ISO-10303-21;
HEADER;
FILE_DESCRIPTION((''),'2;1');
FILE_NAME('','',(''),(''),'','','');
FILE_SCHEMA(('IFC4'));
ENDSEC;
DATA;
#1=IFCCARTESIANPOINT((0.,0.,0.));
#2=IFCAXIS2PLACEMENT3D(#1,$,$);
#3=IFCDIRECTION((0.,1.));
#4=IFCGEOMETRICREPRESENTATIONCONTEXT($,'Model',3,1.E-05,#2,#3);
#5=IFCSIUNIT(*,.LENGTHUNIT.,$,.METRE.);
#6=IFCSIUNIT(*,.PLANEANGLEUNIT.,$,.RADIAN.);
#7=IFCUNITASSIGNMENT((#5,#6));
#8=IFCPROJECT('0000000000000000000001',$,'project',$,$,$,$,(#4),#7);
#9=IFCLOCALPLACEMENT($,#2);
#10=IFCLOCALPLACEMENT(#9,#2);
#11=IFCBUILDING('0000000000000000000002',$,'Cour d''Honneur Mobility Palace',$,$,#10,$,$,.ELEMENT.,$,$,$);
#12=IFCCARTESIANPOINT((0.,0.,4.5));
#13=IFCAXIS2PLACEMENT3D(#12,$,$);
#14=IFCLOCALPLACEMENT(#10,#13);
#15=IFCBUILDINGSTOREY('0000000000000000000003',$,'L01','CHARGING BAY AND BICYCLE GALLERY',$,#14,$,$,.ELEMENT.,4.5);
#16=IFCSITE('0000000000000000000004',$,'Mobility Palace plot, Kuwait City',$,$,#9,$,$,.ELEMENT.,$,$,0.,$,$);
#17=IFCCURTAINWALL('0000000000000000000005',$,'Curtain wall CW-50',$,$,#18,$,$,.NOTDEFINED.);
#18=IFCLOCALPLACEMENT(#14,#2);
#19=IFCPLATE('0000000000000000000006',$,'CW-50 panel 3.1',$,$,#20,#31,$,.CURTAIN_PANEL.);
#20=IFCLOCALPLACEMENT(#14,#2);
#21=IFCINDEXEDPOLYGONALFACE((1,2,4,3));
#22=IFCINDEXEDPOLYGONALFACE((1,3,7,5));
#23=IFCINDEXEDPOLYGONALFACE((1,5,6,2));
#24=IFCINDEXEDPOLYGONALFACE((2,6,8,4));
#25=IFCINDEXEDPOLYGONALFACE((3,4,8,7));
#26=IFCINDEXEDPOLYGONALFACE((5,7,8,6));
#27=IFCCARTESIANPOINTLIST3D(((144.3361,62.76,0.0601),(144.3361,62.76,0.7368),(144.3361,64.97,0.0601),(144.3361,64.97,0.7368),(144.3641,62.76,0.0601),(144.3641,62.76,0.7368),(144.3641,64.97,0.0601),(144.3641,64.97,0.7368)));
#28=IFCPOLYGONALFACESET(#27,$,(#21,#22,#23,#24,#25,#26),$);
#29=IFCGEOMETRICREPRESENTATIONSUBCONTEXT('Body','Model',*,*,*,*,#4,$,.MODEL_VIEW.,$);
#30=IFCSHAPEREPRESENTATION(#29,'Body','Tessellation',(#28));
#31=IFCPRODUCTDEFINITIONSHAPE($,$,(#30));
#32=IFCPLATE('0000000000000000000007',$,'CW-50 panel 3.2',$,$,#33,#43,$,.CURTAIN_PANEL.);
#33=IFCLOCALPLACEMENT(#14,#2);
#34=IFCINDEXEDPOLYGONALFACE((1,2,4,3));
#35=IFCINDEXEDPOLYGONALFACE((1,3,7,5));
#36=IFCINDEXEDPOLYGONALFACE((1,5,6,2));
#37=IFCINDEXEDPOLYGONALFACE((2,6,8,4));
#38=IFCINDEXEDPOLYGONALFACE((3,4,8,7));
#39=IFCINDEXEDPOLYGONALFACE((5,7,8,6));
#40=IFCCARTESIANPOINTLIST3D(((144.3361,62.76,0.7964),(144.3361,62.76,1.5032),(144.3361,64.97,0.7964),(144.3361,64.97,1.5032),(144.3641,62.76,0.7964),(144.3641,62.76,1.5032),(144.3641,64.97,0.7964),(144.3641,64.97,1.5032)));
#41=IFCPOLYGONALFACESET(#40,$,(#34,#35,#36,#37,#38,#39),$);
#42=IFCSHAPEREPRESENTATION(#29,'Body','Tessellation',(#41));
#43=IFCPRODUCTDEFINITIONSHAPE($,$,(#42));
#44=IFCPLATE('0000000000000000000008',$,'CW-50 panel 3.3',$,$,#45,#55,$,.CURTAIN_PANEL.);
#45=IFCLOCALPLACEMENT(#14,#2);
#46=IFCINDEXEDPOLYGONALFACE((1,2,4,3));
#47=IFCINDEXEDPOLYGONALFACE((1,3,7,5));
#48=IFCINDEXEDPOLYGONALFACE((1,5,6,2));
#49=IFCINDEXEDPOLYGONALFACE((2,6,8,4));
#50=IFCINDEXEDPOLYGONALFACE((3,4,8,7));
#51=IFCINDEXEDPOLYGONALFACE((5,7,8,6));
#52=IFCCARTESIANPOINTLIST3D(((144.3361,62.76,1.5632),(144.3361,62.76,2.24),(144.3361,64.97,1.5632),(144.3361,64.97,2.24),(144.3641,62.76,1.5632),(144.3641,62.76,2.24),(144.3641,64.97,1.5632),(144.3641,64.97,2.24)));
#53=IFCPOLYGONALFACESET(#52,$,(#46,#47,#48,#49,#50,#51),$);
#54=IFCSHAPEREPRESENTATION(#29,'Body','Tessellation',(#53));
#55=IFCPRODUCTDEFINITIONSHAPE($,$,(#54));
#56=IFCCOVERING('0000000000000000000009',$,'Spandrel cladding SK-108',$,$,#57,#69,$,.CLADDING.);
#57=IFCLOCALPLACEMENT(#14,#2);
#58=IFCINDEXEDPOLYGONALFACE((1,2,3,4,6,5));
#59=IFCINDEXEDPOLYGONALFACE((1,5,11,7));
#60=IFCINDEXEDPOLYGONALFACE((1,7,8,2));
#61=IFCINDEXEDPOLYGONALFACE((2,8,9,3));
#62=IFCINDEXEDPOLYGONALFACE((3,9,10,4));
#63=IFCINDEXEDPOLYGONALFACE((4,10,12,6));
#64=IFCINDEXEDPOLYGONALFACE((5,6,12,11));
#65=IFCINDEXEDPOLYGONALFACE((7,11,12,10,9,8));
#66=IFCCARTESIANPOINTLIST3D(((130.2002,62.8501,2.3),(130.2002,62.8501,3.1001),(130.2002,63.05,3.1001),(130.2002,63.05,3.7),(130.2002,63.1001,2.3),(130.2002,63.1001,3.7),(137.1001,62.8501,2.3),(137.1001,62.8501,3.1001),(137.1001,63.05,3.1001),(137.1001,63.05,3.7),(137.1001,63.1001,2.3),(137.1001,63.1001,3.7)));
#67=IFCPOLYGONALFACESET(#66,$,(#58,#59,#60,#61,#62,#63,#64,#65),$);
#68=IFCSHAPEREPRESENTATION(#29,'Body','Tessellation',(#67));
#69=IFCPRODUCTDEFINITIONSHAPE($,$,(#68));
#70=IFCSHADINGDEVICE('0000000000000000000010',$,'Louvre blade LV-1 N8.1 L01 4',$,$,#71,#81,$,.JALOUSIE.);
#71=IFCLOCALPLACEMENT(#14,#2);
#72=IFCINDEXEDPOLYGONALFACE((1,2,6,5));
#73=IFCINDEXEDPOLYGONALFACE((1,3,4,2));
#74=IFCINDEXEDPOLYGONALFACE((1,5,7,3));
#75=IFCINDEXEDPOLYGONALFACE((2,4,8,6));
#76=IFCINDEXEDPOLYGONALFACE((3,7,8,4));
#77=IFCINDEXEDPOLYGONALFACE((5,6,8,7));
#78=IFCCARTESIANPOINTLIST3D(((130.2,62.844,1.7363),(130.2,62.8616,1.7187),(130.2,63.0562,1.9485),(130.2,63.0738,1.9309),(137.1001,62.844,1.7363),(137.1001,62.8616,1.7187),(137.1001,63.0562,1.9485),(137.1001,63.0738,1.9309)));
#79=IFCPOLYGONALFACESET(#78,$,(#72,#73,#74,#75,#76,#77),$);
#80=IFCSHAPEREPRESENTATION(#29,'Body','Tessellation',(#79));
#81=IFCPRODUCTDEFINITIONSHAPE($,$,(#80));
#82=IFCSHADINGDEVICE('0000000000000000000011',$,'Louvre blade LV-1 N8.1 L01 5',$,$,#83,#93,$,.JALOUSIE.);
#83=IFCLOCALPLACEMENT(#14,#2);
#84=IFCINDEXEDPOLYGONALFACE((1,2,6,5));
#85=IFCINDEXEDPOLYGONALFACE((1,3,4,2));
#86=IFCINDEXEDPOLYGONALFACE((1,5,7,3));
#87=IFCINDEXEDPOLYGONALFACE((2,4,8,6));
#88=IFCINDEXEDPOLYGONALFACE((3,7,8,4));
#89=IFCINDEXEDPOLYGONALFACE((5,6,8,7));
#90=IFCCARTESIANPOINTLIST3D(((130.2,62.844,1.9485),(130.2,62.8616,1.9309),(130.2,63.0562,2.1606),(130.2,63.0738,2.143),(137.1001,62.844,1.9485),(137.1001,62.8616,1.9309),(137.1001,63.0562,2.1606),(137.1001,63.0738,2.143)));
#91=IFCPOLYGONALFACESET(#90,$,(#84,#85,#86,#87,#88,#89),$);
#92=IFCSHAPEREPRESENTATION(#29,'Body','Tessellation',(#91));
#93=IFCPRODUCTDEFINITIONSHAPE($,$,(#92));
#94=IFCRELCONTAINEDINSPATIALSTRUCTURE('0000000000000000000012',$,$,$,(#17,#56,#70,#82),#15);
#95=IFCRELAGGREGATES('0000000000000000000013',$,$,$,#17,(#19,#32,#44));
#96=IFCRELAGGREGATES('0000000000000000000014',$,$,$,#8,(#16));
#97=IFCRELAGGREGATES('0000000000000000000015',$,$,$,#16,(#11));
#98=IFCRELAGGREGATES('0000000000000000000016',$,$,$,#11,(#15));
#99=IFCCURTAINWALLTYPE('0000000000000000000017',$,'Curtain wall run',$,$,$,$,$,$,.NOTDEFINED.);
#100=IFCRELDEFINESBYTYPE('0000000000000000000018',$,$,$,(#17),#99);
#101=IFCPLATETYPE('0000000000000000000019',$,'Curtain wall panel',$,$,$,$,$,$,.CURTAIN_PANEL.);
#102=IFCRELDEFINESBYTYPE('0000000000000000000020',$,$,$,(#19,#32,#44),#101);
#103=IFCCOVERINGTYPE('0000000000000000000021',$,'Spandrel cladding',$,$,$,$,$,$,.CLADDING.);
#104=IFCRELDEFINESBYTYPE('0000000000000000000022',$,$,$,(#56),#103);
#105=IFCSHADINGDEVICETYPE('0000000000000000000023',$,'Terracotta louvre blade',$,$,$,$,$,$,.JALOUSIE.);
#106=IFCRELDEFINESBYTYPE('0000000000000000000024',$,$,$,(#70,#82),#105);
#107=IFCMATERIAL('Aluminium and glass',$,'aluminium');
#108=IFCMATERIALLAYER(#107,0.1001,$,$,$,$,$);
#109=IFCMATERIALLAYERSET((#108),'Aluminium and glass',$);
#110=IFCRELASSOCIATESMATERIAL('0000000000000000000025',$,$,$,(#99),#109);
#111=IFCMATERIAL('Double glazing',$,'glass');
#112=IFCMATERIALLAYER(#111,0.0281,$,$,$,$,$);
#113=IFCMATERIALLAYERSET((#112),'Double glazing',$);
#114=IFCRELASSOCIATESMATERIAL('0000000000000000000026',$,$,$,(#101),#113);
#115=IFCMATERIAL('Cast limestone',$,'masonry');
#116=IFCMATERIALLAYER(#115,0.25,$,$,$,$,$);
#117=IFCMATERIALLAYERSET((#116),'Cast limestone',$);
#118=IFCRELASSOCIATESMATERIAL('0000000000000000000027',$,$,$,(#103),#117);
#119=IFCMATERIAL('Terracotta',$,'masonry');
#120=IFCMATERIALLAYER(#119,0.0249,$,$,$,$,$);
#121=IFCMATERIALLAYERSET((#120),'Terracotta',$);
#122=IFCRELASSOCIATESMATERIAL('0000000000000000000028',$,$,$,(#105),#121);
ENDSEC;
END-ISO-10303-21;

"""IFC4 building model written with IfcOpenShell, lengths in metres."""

from ifc_helpers import new_model, si_unit, direction, frame, origin, origin_2d, place, context, subcontext, project, spatial, polyline, rectangle, outline, extrude, material, layer, layer_set, type_object, element, aggregate, save


model = new_model("IFC4")

# Units and contexts
model_context = context("Model", 3, precision=1e-05, world=origin(), true_north=direction((0.0, 1.0)))
body_context = subcontext(model_context, "Body", "Model", "MODEL_VIEW")
ifc_project = project(units=[si_unit("LENGTHUNIT", "METRE"), si_unit("PLANEANGLEUNIT", "RADIAN")], contexts=[model_context])

# Site, building, storey
site_placement = place(None, origin())
site = spatial("IfcSite", under=ifc_project, at=site_placement, Name="Mobility Palace plot, Kuwait City", CompositionType="ELEMENT", RefElevation=0.0)
building_placement = place(site_placement, origin())
building = spatial("IfcBuilding", under=site, at=building_placement, Name="Cour d'Honneur Mobility Palace", CompositionType="ELEMENT")
storey_placement = place(building_placement, frame((0.0, 0.0, 4.5)))
storey = spatial("IfcBuildingStorey", under=building, at=storey_placement, Name="L01", Description="CHARGING BAY AND BICYCLE GALLERY", CompositionType="ELEMENT", Elevation=4.5)

# Curtain wall, plates
ifc_material_1 = material(Name="Aluminium and glass", Category="aluminium")
ifc_layer_1 = layer(ifc_material_1, 0.1001)
ifc_layer_set_1 = layer_set([ifc_layer_1], Name="Aluminium and glass")
curtain_wall_type = type_object("IfcCurtainWallType", Name="Curtain wall run", PredefinedType="NOTDEFINED", material=ifc_layer_set_1)
curtain_wall_placement = place(storey_placement, origin())
curtain_wall = element("IfcCurtainWall", 1, at=curtain_wall_placement, inside=storey, type_object=curtain_wall_type, Name="Curtain wall CW-50", PredefinedType="NOTDEFINED")
ifc_material_2 = material(Name="Double glazing", Category="glass")
ifc_layer_2 = layer(ifc_material_2, 0.0281)
ifc_layer_set_2 = layer_set([ifc_layer_2], Name="Double glazing")
plate_type = type_object("IfcPlateType", Name="Curtain wall panel", PredefinedType="CURTAIN_PANEL", material=ifc_layer_set_2)
plate_1_placement = place(storey_placement, frame((144.3501, 63.865, 0.0601), z_axis=(0.0, 0.0, 1.0), x_axis=(0.0, -1.0, 0.0)))
plate_1 = element("IfcPlate", 2, at=plate_1_placement, type_object=plate_type, Name="CW-50 panel 3.1", PredefinedType="CURTAIN_PANEL", context=body_context, shape_type="SweptSolid", body=[
    extrude(rectangle(XDim=2.21, YDim=0.0281, at=origin_2d()), origin(), (0.0, 0.0, 1.0), 0.6768),
])
plate_2_placement = place(storey_placement, frame((144.3501, 63.865, 0.7964), z_axis=(0.0, 0.0, 1.0), x_axis=(0.0, -1.0, 0.0)))
plate_2 = element("IfcPlate", 3, at=plate_2_placement, type_object=plate_type, Name="CW-50 panel 3.2", PredefinedType="CURTAIN_PANEL", context=body_context, shape_type="SweptSolid", body=[
    extrude(rectangle(XDim=2.21, YDim=0.0281, at=origin_2d()), origin(), (0.0, 0.0, 1.0), 0.7068),
])
plate_3_placement = place(storey_placement, frame((144.3501, 63.865, 1.5632), z_axis=(0.0, 0.0, 1.0), x_axis=(0.0, -1.0, 0.0)))
plate_3 = element("IfcPlate", 4, at=plate_3_placement, type_object=plate_type, Name="CW-50 panel 3.3", PredefinedType="CURTAIN_PANEL", context=body_context, shape_type="SweptSolid", body=[
    extrude(rectangle(XDim=2.21, YDim=0.0281, at=origin_2d()), origin(), (0.0, 0.0, 1.0), 0.6768),
])
aggregate(curtain_wall, [plate_1, plate_2, plate_3])

# Covering
ifc_material_3 = material(Name="Cast limestone", Category="masonry")
ifc_layer_3 = layer(ifc_material_3, 0.25)
ifc_layer_set_3 = layer_set([ifc_layer_3], Name="Cast limestone")
covering_type = type_object("IfcCoveringType", Name="Spandrel cladding", PredefinedType="CLADDING", material=ifc_layer_set_3)
covering_placement = place(storey_placement, frame((137.1001, 62.8501, 2.3), z_axis=(1.0, 0.0, 0.0), x_axis=(0.0, 1.0, 0.0)))
element("IfcCovering", 5, at=covering_placement, inside=storey, type_object=covering_type, Name="Spandrel cladding SK-108", PredefinedType="CLADDING", context=body_context, shape_type="SweptSolid", body=[
    extrude(outline(polyline([(0.0, 0.0), (0.25, 0.0), (0.25, 1.3999), (0.2, 1.3999), (0.2, 0.8), (0.0, 0.8), (0.0, 0.0)])), origin(), (0.0, 0.0, -1.0), 6.8999),
])

# Shading devices
ifc_material_4 = material(Name="Terracotta", Category="masonry")
ifc_layer_4 = layer(ifc_material_4, 0.0249)
ifc_layer_set_4 = layer_set([ifc_layer_4], Name="Terracotta")
shading_device_type = type_object("IfcShadingDeviceType", Name="Terracotta louvre blade", PredefinedType="JALOUSIE", material=ifc_layer_set_4)
for number, where, z_axis, x_axis, name in (
    (6, (137.1001, 62.844, 1.7363), (0.0, -0.707107, 0.707107), (-1.0, 0.0, 0.0), "Louvre blade LV-1 N8.1 L01 4"),
    (7, (137.1001, 62.844, 1.9485), (0.0, -0.707107, 0.707107), (-1.0, 0.0, 0.0), "Louvre blade LV-1 N8.1 L01 5"),
):
    element("IfcShadingDevice", number, at=place(storey_placement, frame(where, z_axis=z_axis, x_axis=x_axis)), inside=storey, type_object=shading_device_type, Name=name, PredefinedType="JALOUSIE", context=body_context, shape_type="SweptSolid", body=[
        extrude(outline(polyline([(0.0, 0.0), (6.9001, 0.0), (6.9001, -0.3), (0.0, -0.3), (0.0, 0.0)])), origin(), (0.0, 0.0, -1.0), 0.0249),
    ])

save(model, "model.ifc")
